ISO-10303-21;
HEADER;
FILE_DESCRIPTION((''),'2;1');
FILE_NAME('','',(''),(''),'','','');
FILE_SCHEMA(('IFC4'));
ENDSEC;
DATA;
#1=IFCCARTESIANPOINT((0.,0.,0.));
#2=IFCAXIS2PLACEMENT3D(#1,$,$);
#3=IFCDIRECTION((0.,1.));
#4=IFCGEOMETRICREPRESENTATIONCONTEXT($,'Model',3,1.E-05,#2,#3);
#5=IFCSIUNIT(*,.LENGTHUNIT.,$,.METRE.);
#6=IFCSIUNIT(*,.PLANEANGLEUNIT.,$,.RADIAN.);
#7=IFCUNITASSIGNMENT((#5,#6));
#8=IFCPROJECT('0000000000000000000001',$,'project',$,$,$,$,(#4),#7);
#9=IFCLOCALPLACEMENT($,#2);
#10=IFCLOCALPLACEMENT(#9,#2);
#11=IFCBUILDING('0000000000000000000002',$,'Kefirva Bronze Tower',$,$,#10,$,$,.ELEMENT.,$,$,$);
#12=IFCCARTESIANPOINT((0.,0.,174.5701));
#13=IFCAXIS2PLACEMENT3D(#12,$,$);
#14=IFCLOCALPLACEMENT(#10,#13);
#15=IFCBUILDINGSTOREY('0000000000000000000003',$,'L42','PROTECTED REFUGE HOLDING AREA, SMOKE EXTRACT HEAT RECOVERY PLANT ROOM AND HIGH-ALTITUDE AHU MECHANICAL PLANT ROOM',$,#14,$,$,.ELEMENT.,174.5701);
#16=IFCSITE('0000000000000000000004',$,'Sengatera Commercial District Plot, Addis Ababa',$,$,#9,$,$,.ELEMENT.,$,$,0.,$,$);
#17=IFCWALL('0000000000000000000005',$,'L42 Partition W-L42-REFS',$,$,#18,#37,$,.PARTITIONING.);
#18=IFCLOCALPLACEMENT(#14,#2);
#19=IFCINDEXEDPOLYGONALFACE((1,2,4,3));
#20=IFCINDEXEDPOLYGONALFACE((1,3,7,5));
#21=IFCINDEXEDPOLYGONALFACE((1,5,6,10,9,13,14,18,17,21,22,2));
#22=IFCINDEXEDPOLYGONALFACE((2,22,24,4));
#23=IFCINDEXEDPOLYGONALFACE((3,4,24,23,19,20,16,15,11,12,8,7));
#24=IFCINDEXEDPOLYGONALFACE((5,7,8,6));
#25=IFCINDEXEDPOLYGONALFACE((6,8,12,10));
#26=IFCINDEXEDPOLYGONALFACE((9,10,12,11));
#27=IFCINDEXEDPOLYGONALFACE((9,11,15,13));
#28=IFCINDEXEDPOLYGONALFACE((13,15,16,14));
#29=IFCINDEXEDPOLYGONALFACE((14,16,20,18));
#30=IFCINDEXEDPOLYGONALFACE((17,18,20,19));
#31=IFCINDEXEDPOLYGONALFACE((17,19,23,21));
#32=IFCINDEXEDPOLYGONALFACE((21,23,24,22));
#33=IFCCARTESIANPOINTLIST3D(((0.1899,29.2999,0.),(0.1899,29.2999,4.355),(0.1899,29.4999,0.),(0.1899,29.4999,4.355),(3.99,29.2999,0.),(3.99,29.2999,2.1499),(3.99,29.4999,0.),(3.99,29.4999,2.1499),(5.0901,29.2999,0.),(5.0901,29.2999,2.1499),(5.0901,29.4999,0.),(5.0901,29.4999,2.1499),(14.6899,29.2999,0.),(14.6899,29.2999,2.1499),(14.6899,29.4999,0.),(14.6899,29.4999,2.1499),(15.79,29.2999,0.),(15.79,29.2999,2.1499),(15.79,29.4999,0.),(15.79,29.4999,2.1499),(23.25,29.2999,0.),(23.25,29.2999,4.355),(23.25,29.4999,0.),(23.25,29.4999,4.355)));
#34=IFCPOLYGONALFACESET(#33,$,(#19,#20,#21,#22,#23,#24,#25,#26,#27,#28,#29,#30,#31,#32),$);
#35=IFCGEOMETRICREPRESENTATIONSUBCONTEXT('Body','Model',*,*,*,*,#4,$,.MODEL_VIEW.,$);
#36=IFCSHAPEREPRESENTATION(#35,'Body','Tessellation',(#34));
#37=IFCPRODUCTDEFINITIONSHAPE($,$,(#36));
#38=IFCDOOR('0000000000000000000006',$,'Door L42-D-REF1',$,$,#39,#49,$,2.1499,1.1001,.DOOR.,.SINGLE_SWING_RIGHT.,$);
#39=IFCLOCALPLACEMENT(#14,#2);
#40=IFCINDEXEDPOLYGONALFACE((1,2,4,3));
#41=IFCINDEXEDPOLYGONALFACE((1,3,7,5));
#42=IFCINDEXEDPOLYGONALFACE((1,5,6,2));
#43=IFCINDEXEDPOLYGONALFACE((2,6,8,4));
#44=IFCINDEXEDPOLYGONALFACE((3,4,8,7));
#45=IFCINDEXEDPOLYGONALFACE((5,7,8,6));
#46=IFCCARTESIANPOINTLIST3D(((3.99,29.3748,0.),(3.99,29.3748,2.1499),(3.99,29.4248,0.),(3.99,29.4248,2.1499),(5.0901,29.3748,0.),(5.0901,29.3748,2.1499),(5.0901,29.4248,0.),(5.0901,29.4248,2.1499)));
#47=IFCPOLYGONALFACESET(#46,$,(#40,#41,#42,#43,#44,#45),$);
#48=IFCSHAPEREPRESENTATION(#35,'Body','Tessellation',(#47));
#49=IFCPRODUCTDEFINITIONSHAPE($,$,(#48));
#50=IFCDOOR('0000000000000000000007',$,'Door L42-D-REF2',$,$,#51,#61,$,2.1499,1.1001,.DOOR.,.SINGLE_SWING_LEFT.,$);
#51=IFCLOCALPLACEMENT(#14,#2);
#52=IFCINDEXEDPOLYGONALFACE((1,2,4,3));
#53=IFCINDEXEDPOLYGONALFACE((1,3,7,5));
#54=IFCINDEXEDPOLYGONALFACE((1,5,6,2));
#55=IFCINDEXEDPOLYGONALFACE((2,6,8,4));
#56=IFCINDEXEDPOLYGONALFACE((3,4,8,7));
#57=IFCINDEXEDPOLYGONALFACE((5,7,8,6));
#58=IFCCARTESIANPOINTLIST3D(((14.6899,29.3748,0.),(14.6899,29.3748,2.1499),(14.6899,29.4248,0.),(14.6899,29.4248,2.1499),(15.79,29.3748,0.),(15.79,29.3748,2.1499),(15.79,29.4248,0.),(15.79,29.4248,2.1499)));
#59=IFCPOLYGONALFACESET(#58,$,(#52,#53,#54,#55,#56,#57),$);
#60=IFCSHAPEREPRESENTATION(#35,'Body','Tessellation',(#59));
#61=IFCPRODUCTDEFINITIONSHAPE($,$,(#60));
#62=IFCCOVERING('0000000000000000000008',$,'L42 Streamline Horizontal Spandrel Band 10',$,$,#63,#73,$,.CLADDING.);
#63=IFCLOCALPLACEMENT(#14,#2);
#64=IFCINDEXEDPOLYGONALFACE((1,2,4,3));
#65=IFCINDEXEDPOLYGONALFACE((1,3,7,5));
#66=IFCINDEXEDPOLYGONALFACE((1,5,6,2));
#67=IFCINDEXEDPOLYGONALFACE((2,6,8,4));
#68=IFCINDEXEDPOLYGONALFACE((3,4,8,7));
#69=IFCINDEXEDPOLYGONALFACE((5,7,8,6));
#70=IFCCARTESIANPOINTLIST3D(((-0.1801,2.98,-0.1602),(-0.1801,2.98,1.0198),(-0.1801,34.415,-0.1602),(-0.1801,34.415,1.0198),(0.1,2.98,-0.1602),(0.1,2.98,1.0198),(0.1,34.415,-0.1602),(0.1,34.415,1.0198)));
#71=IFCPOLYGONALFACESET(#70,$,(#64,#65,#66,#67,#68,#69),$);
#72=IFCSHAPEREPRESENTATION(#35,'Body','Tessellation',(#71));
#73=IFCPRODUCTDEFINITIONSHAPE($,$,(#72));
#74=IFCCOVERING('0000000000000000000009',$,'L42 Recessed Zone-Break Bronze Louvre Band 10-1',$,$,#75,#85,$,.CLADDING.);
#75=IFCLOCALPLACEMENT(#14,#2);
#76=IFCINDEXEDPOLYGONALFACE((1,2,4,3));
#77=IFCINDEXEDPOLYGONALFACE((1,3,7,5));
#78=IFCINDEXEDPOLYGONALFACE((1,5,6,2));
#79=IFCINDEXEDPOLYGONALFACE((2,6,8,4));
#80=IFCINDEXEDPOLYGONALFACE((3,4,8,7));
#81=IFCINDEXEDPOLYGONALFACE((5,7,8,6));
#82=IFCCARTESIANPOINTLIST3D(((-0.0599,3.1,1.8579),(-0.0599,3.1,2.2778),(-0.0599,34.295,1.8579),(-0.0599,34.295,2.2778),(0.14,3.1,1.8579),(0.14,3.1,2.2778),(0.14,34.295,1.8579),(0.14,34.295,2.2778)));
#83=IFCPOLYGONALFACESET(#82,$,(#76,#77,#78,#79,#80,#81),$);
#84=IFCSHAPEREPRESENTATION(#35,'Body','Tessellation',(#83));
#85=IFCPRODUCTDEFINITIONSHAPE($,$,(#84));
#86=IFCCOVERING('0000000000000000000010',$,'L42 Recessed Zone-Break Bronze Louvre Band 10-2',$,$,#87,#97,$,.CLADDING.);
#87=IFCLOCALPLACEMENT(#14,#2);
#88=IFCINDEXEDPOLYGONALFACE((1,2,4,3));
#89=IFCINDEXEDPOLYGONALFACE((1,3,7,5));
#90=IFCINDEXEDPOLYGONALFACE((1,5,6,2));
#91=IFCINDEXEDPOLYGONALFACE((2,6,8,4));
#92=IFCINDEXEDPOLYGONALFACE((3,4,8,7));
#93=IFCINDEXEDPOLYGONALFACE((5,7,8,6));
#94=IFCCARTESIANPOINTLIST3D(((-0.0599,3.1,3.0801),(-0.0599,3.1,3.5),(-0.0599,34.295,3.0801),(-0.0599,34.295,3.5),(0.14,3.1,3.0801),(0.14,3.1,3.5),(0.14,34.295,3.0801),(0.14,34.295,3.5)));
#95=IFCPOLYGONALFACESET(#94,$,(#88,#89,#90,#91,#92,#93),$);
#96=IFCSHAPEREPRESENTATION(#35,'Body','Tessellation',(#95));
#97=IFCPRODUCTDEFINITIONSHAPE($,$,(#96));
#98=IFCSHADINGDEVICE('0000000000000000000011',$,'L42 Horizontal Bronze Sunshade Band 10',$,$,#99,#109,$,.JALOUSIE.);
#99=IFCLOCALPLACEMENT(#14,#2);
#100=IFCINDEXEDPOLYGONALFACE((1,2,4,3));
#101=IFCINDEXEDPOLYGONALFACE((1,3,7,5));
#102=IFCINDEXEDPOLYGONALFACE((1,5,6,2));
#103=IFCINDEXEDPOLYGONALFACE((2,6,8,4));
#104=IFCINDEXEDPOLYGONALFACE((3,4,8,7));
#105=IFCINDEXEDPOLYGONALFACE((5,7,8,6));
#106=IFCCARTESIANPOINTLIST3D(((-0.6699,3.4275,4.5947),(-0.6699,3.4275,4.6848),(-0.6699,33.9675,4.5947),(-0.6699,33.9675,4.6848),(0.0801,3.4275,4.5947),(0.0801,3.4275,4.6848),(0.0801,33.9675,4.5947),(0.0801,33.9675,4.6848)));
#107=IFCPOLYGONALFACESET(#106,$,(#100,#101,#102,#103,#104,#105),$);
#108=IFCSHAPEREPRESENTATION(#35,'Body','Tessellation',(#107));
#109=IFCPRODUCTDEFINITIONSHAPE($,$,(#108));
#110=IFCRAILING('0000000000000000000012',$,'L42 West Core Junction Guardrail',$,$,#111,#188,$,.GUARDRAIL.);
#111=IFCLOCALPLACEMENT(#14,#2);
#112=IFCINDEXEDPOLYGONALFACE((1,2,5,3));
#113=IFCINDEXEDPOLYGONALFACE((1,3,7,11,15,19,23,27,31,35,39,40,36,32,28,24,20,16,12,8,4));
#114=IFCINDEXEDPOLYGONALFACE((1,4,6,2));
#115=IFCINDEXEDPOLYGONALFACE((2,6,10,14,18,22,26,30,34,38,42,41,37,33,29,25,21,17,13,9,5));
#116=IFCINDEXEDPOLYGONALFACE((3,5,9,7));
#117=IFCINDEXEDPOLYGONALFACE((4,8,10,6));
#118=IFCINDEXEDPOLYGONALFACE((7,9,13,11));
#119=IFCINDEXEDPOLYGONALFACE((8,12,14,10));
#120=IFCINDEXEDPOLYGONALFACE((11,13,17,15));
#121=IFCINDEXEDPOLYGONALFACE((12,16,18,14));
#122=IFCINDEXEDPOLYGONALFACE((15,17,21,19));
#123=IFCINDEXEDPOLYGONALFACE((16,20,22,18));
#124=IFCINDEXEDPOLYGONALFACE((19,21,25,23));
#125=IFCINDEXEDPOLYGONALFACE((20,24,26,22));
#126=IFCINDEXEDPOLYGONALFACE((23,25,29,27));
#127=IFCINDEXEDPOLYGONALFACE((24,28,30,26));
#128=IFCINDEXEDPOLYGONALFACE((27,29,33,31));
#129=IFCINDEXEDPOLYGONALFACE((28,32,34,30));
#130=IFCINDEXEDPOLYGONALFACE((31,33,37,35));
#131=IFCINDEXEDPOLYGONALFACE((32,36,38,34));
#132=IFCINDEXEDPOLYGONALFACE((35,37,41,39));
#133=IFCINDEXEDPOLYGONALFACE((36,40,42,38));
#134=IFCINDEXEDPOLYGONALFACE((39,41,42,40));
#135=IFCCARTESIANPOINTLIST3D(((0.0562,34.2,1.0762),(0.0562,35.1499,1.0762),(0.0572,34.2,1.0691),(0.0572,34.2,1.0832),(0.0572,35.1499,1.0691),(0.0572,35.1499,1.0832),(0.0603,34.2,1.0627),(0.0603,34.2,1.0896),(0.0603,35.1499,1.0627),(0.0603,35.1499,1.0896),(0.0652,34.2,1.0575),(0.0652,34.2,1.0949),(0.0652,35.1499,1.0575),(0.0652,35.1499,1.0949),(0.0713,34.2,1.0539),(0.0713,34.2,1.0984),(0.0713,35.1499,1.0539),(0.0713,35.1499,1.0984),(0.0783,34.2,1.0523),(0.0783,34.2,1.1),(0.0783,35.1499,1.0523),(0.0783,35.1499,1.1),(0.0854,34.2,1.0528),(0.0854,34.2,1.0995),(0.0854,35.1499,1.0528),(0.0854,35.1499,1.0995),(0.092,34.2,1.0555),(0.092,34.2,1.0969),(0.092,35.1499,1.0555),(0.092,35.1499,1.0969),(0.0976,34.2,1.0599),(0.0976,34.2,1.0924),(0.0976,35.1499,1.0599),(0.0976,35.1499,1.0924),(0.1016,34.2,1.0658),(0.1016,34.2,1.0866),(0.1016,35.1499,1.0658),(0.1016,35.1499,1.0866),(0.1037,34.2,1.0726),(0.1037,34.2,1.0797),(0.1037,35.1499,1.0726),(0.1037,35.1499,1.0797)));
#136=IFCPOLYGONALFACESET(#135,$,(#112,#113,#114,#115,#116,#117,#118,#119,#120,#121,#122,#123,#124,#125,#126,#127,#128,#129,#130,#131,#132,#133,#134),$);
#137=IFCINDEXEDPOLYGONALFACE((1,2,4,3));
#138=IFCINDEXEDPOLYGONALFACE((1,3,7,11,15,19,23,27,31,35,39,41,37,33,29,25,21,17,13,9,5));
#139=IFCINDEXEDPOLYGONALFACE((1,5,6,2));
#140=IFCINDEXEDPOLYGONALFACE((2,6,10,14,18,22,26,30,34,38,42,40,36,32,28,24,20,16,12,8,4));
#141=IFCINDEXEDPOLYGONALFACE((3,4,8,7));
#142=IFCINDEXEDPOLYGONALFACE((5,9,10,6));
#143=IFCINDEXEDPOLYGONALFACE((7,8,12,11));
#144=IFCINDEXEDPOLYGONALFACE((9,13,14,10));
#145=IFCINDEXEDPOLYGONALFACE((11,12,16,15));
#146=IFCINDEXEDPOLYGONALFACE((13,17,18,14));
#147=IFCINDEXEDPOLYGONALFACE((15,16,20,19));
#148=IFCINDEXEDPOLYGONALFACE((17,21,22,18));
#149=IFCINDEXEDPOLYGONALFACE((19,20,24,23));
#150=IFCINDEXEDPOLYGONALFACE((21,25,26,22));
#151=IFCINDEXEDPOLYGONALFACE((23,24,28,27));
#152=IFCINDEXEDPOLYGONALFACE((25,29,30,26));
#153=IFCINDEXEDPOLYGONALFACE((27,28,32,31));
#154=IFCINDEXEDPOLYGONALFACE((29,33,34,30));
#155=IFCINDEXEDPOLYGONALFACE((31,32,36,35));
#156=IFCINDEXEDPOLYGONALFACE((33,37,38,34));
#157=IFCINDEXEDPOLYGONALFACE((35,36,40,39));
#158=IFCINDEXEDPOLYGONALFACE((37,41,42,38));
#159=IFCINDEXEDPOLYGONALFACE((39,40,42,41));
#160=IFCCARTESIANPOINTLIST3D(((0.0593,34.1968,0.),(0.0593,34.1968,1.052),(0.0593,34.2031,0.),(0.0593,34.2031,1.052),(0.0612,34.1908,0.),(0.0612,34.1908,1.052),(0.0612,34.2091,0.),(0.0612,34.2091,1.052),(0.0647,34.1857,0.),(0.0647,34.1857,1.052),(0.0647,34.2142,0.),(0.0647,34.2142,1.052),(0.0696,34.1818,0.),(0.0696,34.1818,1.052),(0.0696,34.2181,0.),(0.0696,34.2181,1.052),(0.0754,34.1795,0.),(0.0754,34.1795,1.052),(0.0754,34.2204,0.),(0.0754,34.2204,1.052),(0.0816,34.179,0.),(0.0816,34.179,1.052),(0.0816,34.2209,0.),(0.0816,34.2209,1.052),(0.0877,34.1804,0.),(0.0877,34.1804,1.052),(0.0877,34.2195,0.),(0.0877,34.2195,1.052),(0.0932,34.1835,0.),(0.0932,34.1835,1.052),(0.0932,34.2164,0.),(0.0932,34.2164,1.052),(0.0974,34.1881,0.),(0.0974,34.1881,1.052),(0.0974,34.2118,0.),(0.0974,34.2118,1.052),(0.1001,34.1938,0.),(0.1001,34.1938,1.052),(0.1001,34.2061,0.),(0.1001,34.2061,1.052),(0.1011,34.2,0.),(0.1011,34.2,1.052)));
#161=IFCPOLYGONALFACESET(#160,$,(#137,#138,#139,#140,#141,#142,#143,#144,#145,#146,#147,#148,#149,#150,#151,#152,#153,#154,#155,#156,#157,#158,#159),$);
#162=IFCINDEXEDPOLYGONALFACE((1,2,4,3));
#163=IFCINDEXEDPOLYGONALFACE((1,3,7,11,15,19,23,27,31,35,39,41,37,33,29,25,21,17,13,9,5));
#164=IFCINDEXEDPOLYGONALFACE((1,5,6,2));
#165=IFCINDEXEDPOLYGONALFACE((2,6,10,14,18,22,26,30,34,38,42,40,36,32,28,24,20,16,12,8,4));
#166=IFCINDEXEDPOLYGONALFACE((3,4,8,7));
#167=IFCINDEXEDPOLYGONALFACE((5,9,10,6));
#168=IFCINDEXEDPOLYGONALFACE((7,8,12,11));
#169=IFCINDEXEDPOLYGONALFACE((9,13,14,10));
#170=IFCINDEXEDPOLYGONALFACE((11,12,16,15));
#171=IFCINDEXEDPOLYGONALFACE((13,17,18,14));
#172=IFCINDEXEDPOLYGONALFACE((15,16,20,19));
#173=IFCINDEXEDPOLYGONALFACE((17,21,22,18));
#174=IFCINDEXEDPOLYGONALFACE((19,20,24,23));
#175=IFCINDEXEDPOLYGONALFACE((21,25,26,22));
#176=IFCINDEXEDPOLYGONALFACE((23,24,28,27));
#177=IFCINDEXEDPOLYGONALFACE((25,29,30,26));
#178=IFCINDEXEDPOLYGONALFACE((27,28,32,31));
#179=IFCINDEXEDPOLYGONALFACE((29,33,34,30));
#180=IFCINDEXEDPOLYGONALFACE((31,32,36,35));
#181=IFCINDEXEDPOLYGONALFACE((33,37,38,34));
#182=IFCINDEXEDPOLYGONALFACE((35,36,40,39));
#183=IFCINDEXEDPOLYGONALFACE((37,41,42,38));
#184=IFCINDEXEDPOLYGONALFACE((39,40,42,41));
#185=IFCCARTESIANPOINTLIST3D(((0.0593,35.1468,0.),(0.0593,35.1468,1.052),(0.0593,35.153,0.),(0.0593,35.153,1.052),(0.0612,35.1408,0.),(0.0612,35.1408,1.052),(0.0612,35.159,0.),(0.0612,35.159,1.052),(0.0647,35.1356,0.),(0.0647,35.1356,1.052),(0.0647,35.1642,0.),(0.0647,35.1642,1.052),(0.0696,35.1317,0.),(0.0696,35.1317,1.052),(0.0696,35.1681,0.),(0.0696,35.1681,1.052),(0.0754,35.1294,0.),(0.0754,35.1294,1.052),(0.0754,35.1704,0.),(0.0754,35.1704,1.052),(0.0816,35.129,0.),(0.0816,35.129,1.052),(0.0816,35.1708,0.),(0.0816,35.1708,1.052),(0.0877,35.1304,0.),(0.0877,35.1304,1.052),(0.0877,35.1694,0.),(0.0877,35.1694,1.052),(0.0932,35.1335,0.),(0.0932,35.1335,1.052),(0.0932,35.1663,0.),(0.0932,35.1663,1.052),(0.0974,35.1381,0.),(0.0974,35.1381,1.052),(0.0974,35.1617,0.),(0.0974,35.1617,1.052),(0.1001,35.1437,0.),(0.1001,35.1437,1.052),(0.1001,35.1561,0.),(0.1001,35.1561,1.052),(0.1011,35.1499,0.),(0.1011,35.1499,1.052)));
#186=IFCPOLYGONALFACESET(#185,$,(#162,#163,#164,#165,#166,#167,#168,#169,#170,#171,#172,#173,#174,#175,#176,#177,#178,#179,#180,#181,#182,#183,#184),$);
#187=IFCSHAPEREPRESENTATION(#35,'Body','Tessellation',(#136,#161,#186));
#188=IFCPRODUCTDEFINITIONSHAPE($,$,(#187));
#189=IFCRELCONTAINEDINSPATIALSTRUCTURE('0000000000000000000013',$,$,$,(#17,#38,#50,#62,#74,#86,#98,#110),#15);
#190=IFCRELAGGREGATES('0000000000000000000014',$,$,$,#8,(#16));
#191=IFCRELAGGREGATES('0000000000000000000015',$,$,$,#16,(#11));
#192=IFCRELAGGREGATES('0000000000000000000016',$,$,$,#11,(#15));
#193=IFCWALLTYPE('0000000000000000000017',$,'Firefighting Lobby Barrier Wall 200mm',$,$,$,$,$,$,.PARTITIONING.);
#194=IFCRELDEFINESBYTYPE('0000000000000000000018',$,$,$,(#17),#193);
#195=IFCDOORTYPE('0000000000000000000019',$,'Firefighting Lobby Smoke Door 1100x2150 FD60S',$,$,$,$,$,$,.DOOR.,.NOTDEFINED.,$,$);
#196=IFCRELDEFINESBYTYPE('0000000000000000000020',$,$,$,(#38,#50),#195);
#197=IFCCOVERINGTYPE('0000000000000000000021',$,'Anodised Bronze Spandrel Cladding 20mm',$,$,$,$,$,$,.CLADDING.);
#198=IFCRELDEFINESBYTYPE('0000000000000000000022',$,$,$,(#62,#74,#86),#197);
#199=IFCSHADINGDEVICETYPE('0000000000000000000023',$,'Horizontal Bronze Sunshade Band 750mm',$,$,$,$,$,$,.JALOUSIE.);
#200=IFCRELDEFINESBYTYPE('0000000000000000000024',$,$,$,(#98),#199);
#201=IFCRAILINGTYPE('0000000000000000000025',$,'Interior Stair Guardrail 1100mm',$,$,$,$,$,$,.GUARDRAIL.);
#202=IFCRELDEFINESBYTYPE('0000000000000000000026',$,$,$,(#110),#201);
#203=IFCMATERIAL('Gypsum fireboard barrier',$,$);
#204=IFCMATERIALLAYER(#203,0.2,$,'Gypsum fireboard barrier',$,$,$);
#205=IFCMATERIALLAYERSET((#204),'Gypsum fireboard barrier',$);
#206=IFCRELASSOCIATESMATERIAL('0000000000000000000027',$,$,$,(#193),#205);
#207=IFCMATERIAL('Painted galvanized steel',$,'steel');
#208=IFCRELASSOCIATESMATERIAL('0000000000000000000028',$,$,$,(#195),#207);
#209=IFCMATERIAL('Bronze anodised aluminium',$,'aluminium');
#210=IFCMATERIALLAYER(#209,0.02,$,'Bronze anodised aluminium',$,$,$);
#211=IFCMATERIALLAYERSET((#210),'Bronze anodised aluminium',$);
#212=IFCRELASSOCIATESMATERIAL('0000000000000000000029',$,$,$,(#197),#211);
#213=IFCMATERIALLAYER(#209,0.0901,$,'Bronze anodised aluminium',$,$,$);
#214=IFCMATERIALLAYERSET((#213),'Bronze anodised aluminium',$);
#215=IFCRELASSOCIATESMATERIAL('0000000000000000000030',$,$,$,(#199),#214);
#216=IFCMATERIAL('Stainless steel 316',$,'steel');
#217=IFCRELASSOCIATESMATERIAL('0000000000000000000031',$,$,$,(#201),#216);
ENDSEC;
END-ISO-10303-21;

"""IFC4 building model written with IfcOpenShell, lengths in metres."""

from ifc_helpers import new_model, si_unit, direction, frame, frame_2d, origin, origin_2d, place, context, subcontext, project, spatial, rectangle, circle, extrude, material, layer, layer_set, type_object, element, fill, save


model = new_model("IFC4")

# Units and contexts
model_context = context("Model", 3, precision=1e-05, world=origin(), true_north=direction((0.0, 1.0)))
body_context = subcontext(model_context, "Body", "Model", "MODEL_VIEW")
ifc_project = project(units=[si_unit("LENGTHUNIT", "METRE"), si_unit("PLANEANGLEUNIT", "RADIAN")], contexts=[model_context])

# Site, building, storey
site_placement = place(None, origin())
site = spatial("IfcSite", under=ifc_project, at=site_placement, Name="Sengatera Commercial District Plot, Addis Ababa", CompositionType="ELEMENT", RefElevation=0.0)
building_placement = place(site_placement, origin())
building = spatial("IfcBuilding", under=site, at=building_placement, Name="Kefirva Bronze Tower", CompositionType="ELEMENT")
storey_placement = place(building_placement, frame((0.0, 0.0, 174.5701)))
storey = spatial("IfcBuildingStorey", under=building, at=storey_placement, Name="L42", Description="PROTECTED REFUGE HOLDING AREA, SMOKE EXTRACT HEAT RECOVERY PLANT ROOM AND HIGH-ALTITUDE AHU MECHANICAL PLANT ROOM", CompositionType="ELEMENT", Elevation=174.5701)

# Shared definitions
ifc_material_1 = material(Name="Bronze anodised aluminium", Category="aluminium")

# Wall, openings, doors
ifc_material_2 = material(Name="Gypsum fireboard barrier")
ifc_layer_1 = layer(ifc_material_2, 0.2, Name="Gypsum fireboard barrier")
ifc_layer_set_1 = layer_set([ifc_layer_1], Name="Gypsum fireboard barrier")
wall_type = type_object("IfcWallType", Name="Firefighting Lobby Barrier Wall 200mm", PredefinedType="PARTITIONING", material=ifc_layer_set_1)
wall_placement = place(storey_placement, frame((0.1899, 29.3999, 0.0), z_axis=(0.0, 0.0, 1.0), x_axis=(1.0, 0.0, 0.0)))
wall = element("IfcWall", 1, at=wall_placement, inside=storey, type_object=wall_type, Name="L42 Partition W-L42-REFS", PredefinedType="PARTITIONING", context=body_context, shape_type="SweptSolid", body=[
    extrude(rectangle(XDim=23.0601, YDim=0.2, at=frame_2d((11.53, 0.0))), origin(), (0.0, 0.0, 1.0), 4.355),
])
opening_1_placement = place(wall_placement, frame((3.8, 0.0, 0.0)))
opening_1 = element("IfcOpeningElement", 2, at=opening_1_placement, cuts=wall, PredefinedType="OPENING", context=body_context, shape_type="SweptSolid", body=[
    extrude(rectangle(XDim=1.1001, YDim=2.1499, at=frame_2d((0.55, 1.075))), frame((0.0, 0.1099, 0.0), z_axis=(0.0, -1.0, 0.0), x_axis=(1.0, 0.0, 0.0)), (0.0, 0.0, 1.0), 0.22),
])
opening_2_placement = place(wall_placement, frame((14.5, 0.0, 0.0)))
opening_2 = element("IfcOpeningElement", 3, at=opening_2_placement, cuts=wall, PredefinedType="OPENING", context=body_context, shape_type="SweptSolid", body=[
    extrude(rectangle(XDim=1.1001, YDim=2.1499, at=frame_2d((0.55, 1.075))), frame((0.0, 0.1099, 0.0), z_axis=(0.0, -1.0, 0.0), x_axis=(1.0, 0.0, 0.0)), (0.0, 0.0, 1.0), 0.22),
])
ifc_material_3 = material(Name="Painted galvanized steel", Category="steel")
door_type = type_object("IfcDoorType", Name="Firefighting Lobby Smoke Door 1100x2150 FD60S", OperationType="NOTDEFINED", PredefinedType="DOOR", material=ifc_material_3)
door_1_placement = place(opening_1_placement, origin())
door_1 = element("IfcDoor", 4, at=door_1_placement, inside=storey, type_object=door_type, Name="Door L42-D-REF1", OperationType="SINGLE_SWING_RIGHT", OverallHeight=2.1499, OverallWidth=1.1001, PredefinedType="DOOR", context=body_context, shape_type="SweptSolid", body=[
    extrude(rectangle(XDim=1.1001, YDim=2.1499, at=frame_2d((0.55, 1.075))), frame((0.0, 0.0249, 0.0), z_axis=(0.0, -1.0, 0.0), x_axis=(1.0, 0.0, 0.0)), (0.0, 0.0, 1.0), 0.05),
])
fill(opening_1, door_1)
door_2_placement = place(opening_2_placement, origin())
door_2 = element("IfcDoor", 5, at=door_2_placement, inside=storey, type_object=door_type, Name="Door L42-D-REF2", OperationType="SINGLE_SWING_LEFT", OverallHeight=2.1499, OverallWidth=1.1001, PredefinedType="DOOR", context=body_context, shape_type="SweptSolid", body=[
    extrude(rectangle(XDim=1.1001, YDim=2.1499, at=frame_2d((0.55, 1.075))), frame((0.0, 0.0249, 0.0), z_axis=(0.0, -1.0, 0.0), x_axis=(1.0, 0.0, 0.0)), (0.0, 0.0, 1.0), 0.05),
])
fill(opening_2, door_2)

# Coverings
ifc_layer_2 = layer(ifc_material_1, 0.02, Name="Bronze anodised aluminium")
ifc_layer_set_2 = layer_set([ifc_layer_2], Name="Bronze anodised aluminium")
covering_type_1 = type_object("IfcCoveringType", Name="Anodised Bronze Spandrel Cladding 20mm", PredefinedType="CLADDING", material=ifc_layer_set_2)
covering_1_placement = place(storey_placement, frame((-0.04, 18.6975, -0.1602), z_axis=(0.0, 0.0, 1.0), x_axis=(0.0, -1.0, 0.0)))
element("IfcCovering", 6, at=covering_1_placement, inside=storey, type_object=covering_type_1, Name="L42 Streamline Horizontal Spandrel Band 10", PredefinedType="CLADDING", context=body_context, shape_type="SweptSolid", body=[
    extrude(rectangle(XDim=31.4351, YDim=0.28, at=origin_2d()), origin(), (0.0, 0.0, 1.0), 1.1799),
])
for number, where, z_axis, x_axis, name in (
    (7, (0.04, 18.6975, 1.8579), (0.0, 0.0, 1.0), (0.0, -1.0, 0.0), "L42 Recessed Zone-Break Bronze Louvre Band 10-1"),
    (8, (0.04, 18.6975, 3.0801), (0.0, 0.0, 1.0), (0.0, -1.0, 0.0), "L42 Recessed Zone-Break Bronze Louvre Band 10-2"),
):
    element("IfcCovering", number, at=place(storey_placement, frame(where, z_axis=z_axis, x_axis=x_axis)), inside=storey, type_object=covering_type_1, Name=name, PredefinedType="CLADDING", context=body_context, shape_type="SweptSolid", body=[
        extrude(rectangle(XDim=31.1951, YDim=0.2, at=origin_2d()), origin(), (0.0, 0.0, 1.0), 0.4199),
    ])

# Shading device
ifc_layer_3 = layer(ifc_material_1, 0.0901, Name="Bronze anodised aluminium")
ifc_layer_set_3 = layer_set([ifc_layer_3], Name="Bronze anodised aluminium")
shading_device_type_1 = type_object("IfcShadingDeviceType", Name="Horizontal Bronze Sunshade Band 750mm", PredefinedType="JALOUSIE", material=ifc_layer_set_3)
shading_device_1_placement = place(storey_placement, frame((-0.2949, 18.6975, 4.5947), z_axis=(0.0, 0.0, 1.0), x_axis=(0.0, -1.0, 0.0)))
element("IfcShadingDevice", 9, at=shading_device_1_placement, inside=storey, type_object=shading_device_type_1, Name="L42 Horizontal Bronze Sunshade Band 10", PredefinedType="JALOUSIE", context=body_context, shape_type="SweptSolid", body=[
    extrude(rectangle(XDim=30.54, YDim=0.75, at=origin_2d()), origin(), (0.0, 0.0, 1.0), 0.0901),
])

# Railing
ifc_material_4 = material(Name="Stainless steel 316", Category="steel")
railing_type = type_object("IfcRailingType", Name="Interior Stair Guardrail 1100mm", PredefinedType="GUARDRAIL", material=ifc_material_4)
railing_placement = place(storey_placement, frame((0.0801, 34.2, 0.0)))
element("IfcRailing", 10, at=railing_placement, inside=storey, type_object=railing_type, Name="L42 West Core Junction Guardrail", PredefinedType="GUARDRAIL", context=body_context, shape_type="SweptSolid", body=[
    extrude(circle(Radius=0.0239, at=origin_2d()), frame((0.0, 0.0, 1.0762), z_axis=(0.0, 1.0, 0.0), x_axis=(-1.0, 0.0, 0.0)), (0.0, 0.0, 1.0), 0.95),
    extrude(circle(Radius=0.021, at=origin_2d()), origin(), (0.0, 0.0, 1.0), 1.052),
    extrude(circle(Radius=0.021, at=origin_2d()), frame((0.0, 0.95, 0.0)), (0.0, 0.0, 1.0), 1.052),
])

save(model, "model.ifc")
